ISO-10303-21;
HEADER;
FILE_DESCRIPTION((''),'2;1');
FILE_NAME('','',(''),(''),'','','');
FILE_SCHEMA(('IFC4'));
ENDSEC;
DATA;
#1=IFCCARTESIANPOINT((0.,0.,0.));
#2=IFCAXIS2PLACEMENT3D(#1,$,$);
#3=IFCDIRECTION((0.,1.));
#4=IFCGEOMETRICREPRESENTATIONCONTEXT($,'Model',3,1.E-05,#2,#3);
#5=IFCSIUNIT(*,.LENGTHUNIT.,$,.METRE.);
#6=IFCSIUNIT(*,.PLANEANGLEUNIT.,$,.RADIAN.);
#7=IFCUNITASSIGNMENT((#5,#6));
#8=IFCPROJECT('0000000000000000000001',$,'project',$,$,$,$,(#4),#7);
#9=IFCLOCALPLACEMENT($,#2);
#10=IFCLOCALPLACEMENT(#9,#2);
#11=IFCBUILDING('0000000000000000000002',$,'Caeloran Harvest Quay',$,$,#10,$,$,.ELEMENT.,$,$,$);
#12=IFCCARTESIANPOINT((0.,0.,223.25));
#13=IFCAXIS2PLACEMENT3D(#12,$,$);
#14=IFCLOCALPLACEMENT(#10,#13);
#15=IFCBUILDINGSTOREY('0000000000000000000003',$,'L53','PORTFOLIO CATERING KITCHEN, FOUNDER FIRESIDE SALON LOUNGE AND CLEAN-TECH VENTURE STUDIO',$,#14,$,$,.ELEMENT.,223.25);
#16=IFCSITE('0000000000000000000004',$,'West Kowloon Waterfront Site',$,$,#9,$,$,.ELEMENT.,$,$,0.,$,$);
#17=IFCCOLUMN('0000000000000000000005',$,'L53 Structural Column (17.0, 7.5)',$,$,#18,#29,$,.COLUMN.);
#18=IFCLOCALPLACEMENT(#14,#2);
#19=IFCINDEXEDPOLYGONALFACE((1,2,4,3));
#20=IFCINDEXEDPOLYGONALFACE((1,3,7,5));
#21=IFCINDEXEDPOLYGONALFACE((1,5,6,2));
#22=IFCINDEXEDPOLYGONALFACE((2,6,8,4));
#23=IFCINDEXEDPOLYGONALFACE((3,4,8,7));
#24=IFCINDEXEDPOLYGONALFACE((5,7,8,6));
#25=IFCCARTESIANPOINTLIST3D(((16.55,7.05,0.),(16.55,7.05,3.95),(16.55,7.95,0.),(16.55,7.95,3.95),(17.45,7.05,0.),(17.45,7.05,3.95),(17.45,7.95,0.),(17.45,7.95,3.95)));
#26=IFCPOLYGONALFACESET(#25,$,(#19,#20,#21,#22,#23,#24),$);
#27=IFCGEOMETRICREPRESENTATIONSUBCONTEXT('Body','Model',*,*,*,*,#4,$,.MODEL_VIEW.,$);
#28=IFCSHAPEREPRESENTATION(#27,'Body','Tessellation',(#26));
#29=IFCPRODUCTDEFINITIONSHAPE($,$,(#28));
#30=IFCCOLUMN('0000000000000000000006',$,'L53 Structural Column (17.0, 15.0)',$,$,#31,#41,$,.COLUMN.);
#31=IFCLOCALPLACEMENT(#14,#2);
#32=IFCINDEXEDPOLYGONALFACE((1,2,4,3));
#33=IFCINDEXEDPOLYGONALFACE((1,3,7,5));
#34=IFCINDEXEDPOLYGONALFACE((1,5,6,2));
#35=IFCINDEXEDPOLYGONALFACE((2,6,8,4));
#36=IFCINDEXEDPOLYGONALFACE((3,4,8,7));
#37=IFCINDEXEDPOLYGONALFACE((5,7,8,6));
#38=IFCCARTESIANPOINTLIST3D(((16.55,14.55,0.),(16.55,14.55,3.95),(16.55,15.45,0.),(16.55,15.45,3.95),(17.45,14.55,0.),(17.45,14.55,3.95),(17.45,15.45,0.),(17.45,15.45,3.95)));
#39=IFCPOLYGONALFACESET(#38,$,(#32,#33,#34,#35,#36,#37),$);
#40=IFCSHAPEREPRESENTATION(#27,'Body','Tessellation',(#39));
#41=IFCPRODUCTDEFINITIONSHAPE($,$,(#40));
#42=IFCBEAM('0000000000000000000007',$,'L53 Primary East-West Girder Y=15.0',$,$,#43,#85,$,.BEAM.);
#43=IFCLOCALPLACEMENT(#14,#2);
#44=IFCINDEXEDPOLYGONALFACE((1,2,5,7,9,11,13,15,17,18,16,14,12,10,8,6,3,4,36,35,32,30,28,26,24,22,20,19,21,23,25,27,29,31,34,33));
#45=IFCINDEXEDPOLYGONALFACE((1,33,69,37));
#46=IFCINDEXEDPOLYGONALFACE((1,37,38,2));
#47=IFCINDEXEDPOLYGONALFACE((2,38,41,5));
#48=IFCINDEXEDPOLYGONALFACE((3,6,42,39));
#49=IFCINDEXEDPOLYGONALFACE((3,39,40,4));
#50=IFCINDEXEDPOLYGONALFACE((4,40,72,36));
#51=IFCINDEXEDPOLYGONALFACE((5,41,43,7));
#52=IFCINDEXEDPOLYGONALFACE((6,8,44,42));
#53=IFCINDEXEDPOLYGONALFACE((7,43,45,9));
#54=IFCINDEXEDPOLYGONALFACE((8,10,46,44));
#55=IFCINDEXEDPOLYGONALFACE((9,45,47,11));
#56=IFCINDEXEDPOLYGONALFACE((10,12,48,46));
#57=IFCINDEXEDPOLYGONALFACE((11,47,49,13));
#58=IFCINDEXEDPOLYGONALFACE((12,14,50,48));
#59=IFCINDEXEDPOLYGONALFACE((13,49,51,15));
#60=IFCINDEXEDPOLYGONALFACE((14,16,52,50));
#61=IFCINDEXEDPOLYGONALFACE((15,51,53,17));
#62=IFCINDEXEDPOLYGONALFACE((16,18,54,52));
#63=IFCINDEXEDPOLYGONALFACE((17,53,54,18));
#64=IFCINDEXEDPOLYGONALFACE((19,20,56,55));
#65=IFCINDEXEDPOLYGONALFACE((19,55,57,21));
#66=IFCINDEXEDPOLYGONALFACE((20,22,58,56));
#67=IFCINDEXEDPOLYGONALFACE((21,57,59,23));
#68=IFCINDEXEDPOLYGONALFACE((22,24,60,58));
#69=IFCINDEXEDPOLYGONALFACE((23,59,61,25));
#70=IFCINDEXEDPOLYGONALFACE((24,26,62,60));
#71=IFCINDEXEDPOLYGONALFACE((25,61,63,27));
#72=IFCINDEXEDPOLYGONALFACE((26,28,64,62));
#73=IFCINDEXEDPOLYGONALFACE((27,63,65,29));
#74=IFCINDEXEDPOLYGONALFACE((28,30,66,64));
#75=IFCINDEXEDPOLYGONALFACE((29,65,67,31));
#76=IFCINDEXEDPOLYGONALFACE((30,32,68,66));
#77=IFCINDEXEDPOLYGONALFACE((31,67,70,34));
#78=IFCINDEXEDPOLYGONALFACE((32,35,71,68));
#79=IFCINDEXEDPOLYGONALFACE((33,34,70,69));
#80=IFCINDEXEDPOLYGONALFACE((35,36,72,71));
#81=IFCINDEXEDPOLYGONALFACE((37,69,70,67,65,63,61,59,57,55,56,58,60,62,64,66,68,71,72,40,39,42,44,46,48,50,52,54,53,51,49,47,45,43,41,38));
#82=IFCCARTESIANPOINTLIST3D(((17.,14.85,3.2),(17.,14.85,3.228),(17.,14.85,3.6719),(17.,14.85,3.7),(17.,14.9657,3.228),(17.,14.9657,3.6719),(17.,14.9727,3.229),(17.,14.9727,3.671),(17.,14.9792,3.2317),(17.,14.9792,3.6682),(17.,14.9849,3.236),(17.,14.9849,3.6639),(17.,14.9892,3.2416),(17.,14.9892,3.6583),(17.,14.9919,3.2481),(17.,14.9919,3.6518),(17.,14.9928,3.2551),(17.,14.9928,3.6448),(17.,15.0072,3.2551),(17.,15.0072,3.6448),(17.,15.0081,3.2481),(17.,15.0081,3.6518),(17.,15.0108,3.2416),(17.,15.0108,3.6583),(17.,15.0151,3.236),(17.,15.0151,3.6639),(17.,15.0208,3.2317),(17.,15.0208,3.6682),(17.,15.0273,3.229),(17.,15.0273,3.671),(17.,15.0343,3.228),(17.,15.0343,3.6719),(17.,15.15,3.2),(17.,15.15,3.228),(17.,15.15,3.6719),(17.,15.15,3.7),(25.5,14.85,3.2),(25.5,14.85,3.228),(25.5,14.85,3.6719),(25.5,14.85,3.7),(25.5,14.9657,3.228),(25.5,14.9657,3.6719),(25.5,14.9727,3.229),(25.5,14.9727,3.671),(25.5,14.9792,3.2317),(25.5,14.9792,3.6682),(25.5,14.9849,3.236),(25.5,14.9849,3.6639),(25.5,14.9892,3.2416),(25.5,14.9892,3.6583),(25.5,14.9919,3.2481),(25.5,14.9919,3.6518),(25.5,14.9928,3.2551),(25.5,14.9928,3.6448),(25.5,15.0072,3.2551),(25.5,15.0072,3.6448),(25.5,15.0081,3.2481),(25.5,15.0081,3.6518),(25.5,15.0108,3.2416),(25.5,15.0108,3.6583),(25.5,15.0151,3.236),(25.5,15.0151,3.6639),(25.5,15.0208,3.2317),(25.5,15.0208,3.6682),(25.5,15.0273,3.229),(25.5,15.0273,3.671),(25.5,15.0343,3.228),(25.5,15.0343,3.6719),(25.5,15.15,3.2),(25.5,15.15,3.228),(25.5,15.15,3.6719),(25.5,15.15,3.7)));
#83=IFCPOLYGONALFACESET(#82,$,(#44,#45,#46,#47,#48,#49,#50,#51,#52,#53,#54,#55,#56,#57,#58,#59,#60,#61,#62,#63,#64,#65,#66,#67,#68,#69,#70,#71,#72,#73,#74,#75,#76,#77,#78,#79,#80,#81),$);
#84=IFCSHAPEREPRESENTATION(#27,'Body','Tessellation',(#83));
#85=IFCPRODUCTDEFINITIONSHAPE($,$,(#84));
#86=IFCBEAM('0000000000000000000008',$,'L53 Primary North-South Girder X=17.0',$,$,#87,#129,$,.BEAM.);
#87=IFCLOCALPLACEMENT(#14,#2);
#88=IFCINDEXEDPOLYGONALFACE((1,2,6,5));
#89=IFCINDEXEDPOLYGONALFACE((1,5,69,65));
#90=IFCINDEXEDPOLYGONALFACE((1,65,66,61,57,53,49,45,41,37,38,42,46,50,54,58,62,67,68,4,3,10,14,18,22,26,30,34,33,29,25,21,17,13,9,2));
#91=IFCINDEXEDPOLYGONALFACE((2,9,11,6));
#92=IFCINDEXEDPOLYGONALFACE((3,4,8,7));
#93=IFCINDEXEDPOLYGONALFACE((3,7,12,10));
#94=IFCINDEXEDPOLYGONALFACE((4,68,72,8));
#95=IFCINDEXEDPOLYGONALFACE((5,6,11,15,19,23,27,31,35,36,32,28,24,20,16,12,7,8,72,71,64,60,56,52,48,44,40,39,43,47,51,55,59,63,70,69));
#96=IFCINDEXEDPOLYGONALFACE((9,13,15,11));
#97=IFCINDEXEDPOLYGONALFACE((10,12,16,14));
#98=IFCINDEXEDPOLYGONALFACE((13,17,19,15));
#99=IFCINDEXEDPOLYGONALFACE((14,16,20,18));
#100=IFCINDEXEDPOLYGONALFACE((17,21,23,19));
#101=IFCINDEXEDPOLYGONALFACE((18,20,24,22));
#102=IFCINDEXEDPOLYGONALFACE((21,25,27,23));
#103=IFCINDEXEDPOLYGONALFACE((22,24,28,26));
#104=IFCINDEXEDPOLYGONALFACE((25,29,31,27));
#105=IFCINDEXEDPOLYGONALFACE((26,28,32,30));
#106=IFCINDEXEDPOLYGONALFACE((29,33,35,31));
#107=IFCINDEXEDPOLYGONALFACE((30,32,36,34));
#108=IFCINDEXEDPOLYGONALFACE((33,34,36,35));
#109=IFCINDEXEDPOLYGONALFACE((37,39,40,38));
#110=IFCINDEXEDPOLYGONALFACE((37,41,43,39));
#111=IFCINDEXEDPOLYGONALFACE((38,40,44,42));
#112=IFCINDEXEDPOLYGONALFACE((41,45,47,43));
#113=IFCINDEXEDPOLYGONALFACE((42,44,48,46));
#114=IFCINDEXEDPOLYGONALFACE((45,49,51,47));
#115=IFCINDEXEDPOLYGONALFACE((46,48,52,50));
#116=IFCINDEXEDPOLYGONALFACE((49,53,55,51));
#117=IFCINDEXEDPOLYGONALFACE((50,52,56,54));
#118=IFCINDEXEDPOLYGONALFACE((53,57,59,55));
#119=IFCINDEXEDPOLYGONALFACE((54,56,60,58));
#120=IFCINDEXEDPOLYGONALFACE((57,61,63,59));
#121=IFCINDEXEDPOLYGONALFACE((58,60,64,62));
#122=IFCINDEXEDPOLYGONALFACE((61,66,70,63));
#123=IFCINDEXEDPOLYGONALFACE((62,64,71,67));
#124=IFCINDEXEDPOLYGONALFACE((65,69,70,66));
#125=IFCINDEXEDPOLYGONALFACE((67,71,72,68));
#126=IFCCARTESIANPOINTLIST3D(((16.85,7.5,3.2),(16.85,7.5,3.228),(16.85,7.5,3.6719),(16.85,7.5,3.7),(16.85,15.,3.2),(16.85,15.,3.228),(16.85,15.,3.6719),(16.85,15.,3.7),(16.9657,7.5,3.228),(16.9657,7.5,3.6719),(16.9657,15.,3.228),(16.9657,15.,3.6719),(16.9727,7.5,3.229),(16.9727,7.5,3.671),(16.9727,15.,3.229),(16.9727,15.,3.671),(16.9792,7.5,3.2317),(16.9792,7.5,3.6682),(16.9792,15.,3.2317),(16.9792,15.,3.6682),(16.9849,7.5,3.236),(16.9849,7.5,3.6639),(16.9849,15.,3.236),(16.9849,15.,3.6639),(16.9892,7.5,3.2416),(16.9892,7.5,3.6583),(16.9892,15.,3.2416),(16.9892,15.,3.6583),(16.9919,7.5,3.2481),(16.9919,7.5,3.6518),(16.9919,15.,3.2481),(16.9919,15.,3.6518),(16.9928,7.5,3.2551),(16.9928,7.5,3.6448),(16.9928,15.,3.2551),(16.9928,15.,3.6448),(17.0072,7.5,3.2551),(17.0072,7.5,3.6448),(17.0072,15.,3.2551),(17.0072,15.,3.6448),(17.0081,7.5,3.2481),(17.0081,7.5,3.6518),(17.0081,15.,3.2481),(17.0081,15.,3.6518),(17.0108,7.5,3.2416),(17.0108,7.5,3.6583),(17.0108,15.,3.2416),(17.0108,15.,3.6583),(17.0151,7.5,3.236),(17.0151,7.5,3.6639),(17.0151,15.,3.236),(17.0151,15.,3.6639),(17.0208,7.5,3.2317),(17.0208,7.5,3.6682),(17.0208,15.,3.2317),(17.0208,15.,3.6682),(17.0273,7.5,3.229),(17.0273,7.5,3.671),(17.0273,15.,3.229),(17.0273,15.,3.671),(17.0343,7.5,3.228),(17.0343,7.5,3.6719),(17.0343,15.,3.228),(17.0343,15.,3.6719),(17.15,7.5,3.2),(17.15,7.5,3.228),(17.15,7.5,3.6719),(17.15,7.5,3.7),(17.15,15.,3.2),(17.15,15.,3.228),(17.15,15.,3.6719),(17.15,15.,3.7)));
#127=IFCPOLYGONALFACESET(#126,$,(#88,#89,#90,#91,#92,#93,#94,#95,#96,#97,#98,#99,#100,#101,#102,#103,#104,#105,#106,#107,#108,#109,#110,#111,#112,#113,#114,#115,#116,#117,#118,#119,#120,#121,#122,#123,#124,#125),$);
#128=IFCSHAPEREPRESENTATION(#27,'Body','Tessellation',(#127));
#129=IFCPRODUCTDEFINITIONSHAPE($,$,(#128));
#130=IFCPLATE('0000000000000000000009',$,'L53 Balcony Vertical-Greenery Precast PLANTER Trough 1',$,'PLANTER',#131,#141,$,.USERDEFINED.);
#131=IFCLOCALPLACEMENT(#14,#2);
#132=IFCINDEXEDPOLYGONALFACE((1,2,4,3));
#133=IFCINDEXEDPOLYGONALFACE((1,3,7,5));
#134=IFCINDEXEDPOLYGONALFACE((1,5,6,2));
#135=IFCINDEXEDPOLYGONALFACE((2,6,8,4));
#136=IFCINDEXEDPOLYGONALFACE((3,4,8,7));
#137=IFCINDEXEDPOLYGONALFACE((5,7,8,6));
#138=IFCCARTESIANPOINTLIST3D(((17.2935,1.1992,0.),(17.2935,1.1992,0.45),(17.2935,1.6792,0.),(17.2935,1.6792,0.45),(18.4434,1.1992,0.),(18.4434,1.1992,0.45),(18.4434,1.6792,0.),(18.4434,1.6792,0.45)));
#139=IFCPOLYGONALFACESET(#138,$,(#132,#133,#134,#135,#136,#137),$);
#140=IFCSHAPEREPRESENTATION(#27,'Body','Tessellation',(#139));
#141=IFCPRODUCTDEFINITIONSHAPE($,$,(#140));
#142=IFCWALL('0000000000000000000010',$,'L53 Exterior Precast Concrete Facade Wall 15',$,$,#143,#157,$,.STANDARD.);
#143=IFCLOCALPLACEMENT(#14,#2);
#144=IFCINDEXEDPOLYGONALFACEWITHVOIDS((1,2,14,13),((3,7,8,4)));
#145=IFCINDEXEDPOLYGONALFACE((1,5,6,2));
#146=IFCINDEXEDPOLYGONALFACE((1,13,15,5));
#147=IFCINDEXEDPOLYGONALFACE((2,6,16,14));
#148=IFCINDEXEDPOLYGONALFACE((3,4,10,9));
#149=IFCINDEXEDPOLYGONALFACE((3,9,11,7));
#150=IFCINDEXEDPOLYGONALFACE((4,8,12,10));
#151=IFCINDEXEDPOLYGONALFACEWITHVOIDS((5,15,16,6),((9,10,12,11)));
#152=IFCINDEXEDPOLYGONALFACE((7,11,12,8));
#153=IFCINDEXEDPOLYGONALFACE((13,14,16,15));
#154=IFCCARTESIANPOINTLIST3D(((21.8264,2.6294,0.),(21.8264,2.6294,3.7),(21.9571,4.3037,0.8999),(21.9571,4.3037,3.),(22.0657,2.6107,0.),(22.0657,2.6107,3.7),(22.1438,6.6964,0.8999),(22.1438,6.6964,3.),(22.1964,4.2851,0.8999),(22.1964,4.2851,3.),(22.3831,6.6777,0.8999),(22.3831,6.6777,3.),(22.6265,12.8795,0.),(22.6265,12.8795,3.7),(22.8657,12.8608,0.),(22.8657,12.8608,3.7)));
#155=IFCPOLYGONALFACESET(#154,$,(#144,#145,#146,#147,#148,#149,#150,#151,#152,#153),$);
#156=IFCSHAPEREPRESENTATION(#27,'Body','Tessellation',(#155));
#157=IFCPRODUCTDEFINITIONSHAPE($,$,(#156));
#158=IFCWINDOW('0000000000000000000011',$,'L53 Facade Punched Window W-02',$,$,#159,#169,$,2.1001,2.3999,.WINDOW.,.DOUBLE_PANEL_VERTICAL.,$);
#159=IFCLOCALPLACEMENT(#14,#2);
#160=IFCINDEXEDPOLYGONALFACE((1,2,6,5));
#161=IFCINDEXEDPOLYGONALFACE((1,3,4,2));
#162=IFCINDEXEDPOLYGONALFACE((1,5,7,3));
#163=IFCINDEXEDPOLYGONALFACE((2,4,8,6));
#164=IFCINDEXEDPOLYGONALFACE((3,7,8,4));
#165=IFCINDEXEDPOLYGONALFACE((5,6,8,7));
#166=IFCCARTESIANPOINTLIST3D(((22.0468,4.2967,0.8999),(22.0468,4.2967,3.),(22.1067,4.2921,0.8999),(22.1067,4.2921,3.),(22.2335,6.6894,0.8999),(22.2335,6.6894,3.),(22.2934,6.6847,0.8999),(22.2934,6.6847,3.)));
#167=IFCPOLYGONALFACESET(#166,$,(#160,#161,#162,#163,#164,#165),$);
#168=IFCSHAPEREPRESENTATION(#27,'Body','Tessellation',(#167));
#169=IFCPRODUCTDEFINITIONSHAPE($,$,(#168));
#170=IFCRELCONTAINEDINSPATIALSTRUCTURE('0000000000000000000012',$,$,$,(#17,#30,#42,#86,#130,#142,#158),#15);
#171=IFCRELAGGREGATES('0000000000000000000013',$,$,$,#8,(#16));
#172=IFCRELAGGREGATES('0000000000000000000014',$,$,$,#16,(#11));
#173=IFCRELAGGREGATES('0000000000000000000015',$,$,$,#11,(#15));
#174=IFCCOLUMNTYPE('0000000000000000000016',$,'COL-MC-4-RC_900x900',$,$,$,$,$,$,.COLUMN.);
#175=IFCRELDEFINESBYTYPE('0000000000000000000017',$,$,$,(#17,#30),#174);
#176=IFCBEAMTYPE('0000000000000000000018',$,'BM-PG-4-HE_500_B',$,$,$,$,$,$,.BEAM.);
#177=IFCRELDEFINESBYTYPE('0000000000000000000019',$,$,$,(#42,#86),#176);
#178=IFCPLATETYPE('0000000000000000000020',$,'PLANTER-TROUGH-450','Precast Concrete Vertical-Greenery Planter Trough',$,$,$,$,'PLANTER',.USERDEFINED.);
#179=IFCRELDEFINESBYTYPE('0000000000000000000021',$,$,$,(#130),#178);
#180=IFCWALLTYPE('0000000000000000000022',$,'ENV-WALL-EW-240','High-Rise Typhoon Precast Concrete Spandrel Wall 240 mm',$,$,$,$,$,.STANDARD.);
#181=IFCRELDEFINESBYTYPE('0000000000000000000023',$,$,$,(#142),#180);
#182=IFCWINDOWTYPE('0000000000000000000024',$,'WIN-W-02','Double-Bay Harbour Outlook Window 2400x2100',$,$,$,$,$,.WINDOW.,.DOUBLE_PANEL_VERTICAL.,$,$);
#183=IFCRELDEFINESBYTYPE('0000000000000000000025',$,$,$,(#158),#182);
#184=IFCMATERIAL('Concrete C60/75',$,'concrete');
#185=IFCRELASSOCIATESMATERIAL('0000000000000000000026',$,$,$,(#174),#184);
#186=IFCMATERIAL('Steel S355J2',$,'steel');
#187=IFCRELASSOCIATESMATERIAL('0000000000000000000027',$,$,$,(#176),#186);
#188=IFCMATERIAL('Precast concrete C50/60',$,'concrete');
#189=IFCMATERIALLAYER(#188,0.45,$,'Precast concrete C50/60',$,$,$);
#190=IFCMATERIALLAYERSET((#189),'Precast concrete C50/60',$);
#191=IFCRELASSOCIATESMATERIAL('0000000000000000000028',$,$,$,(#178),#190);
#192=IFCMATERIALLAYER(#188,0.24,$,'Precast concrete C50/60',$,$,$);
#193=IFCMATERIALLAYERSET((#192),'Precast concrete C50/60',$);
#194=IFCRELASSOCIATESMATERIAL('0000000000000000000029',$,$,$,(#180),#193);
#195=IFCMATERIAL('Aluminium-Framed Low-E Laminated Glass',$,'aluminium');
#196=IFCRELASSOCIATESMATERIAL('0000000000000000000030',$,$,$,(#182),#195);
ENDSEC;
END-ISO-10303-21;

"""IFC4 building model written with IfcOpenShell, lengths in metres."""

from ifc_helpers import new_model, si_unit, direction, frame, frame_2d, origin, origin_2d, place, context, subcontext, project, spatial, rectangle, i_section, extrude, material, layer, layer_set, material_profile, profile_set, type_object, element, fill, save


model = new_model("IFC4")

# Units and contexts
model_context = context("Model", 3, precision=1e-05, world=origin(), true_north=direction((0.0, 1.0)))
body_context = subcontext(model_context, "Body", "Model", "MODEL_VIEW")
ifc_project = project(units=[si_unit("LENGTHUNIT", "METRE"), si_unit("PLANEANGLEUNIT", "RADIAN")], contexts=[model_context])

# Site, building, storey
site_placement = place(None, origin())
site = spatial("IfcSite", under=ifc_project, at=site_placement, Name="West Kowloon Waterfront Site", CompositionType="ELEMENT", RefElevation=0.0)
building_placement = place(site_placement, origin())
building = spatial("IfcBuilding", under=site, at=building_placement, Name="Caeloran Harvest Quay", CompositionType="ELEMENT")
storey_placement = place(building_placement, frame((0.0, 0.0, 223.25)))
storey = spatial("IfcBuildingStorey", under=building, at=storey_placement, Name="L53", Description="PORTFOLIO CATERING KITCHEN, FOUNDER FIRESIDE SALON LOUNGE AND CLEAN-TECH VENTURE STUDIO", CompositionType="ELEMENT", Elevation=223.25)

# Columns
ifc_material_1 = material(Name="Concrete C60/75", Category="concrete")
ifc_material_profile_1 = material_profile(ifc_material_1, rectangle(XDim=0.8999, YDim=0.8999, at=origin_2d()), Name="RC 900x900")
ifc_profile_set_1 = profile_set([ifc_material_profile_1], Name="Concrete C60/75")
column_type = type_object("IfcColumnType", Name="COL-MC-4-RC_900x900", PredefinedType="COLUMN", material=ifc_profile_set_1)
for number, where, z_axis, x_axis, name in (
    (1, (17.0, 7.5, 0.0), (0.0, 0.0, 1.0), (1.0, 0.0, 0.0), "L53 Structural Column (17.0, 7.5)"),
    (2, (17.0, 15.0, 0.0), (0.0, 0.0, 1.0), (1.0, 0.0, 0.0), "L53 Structural Column (17.0, 15.0)"),
):
    element("IfcColumn", number, at=place(storey_placement, frame(where, z_axis=z_axis, x_axis=x_axis)), inside=storey, type_object=column_type, Name=name, PredefinedType="COLUMN", context=body_context, shape_type="SweptSolid", body=[
        extrude(rectangle(XDim=0.8999, YDim=0.8999, at=origin_2d()), origin(), (0.0, 0.0, 1.0), 3.95),
    ])

# Beams
ifc_material_2 = material(Name="Steel S355J2", Category="steel")
ifc_material_profile_2 = material_profile(ifc_material_2, i_section(OverallWidth=0.3, OverallDepth=0.5, WebThickness=0.0144, FlangeThickness=0.0281, FilletRadius=0.0271, at=origin_2d()), Name="HE 500 B")
ifc_profile_set_2 = profile_set([ifc_material_profile_2], Name="Steel S355J2")
beam_type = type_object("IfcBeamType", Name="BM-PG-4-HE_500_B", PredefinedType="BEAM", material=ifc_profile_set_2)
beam_1_placement = place(storey_placement, frame((17.0, 15.0, 3.45), z_axis=(1.0, 0.0, 0.0), x_axis=(0.0, 1.0, 0.0)))
element("IfcBeam", 3, at=beam_1_placement, inside=storey, type_object=beam_type, Name="L53 Primary East-West Girder Y=15.0", PredefinedType="BEAM", context=body_context, shape_type="SweptSolid", body=[
    extrude(i_section(OverallWidth=0.3, OverallDepth=0.5, WebThickness=0.0144, FlangeThickness=0.0281, FilletRadius=0.0271, at=origin_2d()), origin(), (0.0, 0.0, 1.0), 8.5),
])
beam_2_placement = place(storey_placement, frame((17.0, 7.5, 3.45), z_axis=(0.0, 1.0, 0.0), x_axis=(-1.0, 0.0, 0.0)))
element("IfcBeam", 4, at=beam_2_placement, inside=storey, type_object=beam_type, Name="L53 Primary North-South Girder X=17.0", PredefinedType="BEAM", context=body_context, shape_type="SweptSolid", body=[
    extrude(i_section(OverallWidth=0.3, OverallDepth=0.5, WebThickness=0.0144, FlangeThickness=0.0281, FilletRadius=0.0271, at=origin_2d()), origin(), (0.0, 0.0, 1.0), 7.5),
])

# Plate
ifc_material_3 = material(Name="Precast concrete C50/60", Category="concrete")
ifc_layer_1 = layer(ifc_material_3, 0.45, Name="Precast concrete C50/60")
ifc_layer_set_1 = layer_set([ifc_layer_1], Name="Precast concrete C50/60")
plate_type = type_object("IfcPlateType", Name="PLANTER-TROUGH-450", Description="Precast Concrete Vertical-Greenery Planter Trough", ElementType="PLANTER", PredefinedType="USERDEFINED", material=ifc_layer_set_1)
plate_placement = place(storey_placement, frame((17.8684, 1.4392, 0.0), z_axis=(0.0, 0.0, 1.0), x_axis=(1.0, 0.0, 0.0)))
element("IfcPlate", 5, at=plate_placement, inside=storey, type_object=plate_type, Name="L53 Balcony Vertical-Greenery Precast PLANTER Trough 1", ObjectType="PLANTER", PredefinedType="USERDEFINED", context=body_context, shape_type="SweptSolid", body=[
    extrude(rectangle(XDim=1.1499, YDim=0.48, at=origin_2d()), origin(), (0.0, 0.0, 1.0), 0.45),
])

# Wall, opening, window
ifc_layer_2 = layer(ifc_material_3, 0.24, Name="Precast concrete C50/60")
ifc_layer_set_2 = layer_set([ifc_layer_2], Name="Precast concrete C50/60")
wall_type_1 = type_object("IfcWallType", Name="ENV-WALL-EW-240", Description="High-Rise Typhoon Precast Concrete Spandrel Wall 240 mm", PredefinedType="STANDARD", material=ifc_layer_set_2)
wall_1_placement = place(storey_placement, frame((22.7461, 12.8701, 0.0), z_axis=(0.0, 0.0, 1.0), x_axis=(-0.077817, -0.996968, 0.0)))
wall_1 = element("IfcWall", 6, at=wall_1_placement, inside=storey, type_object=wall_type_1, Name="L53 Exterior Precast Concrete Facade Wall 15", PredefinedType="STANDARD", context=body_context, shape_type="SweptSolid", body=[
    extrude(rectangle(XDim=10.2812, YDim=0.24, at=frame_2d((5.1406, 0.0))), origin(), (0.0, 0.0, 1.0), 3.7),
])
opening_1_placement = place(wall_1_placement, frame((6.2019, 0.0, 0.8999)))
opening_1 = element("IfcOpeningElement", 7, at=opening_1_placement, cuts=wall_1, PredefinedType="OPENING", context=body_context, shape_type="SweptSolid", body=[
    extrude(rectangle(XDim=2.3999, YDim=2.1001, at=frame_2d((1.2, 1.05))), frame((0.0, 0.1299, 0.0), z_axis=(0.0, -1.0, 0.0), x_axis=(1.0, 0.0, 0.0)), (0.0, 0.0, 1.0), 0.26),
])
ifc_material_4 = material(Name="Aluminium-Framed Low-E Laminated Glass", Category="aluminium")
window_type = type_object("IfcWindowType", Name="WIN-W-02", Description="Double-Bay Harbour Outlook Window 2400x2100", PartitioningType="DOUBLE_PANEL_VERTICAL", PredefinedType="WINDOW", material=ifc_material_4)
window_placement = place(opening_1_placement, origin())
window = element("IfcWindow", 8, at=window_placement, inside=storey, type_object=window_type, Name="L53 Facade Punched Window W-02", OverallHeight=2.1001, OverallWidth=2.3999, PartitioningType="DOUBLE_PANEL_VERTICAL", PredefinedType="WINDOW", context=body_context, shape_type="SweptSolid", body=[
    extrude(rectangle(XDim=2.3999, YDim=2.1001, at=frame_2d((1.2, 1.05))), frame((0.0, 0.03, 0.0), z_axis=(0.0, -1.0, 0.0), x_axis=(1.0, 0.0, 0.0)), (0.0, 0.0, 1.0), 0.0601),
])
fill(opening_1, window)

save(model, "model.ifc")
